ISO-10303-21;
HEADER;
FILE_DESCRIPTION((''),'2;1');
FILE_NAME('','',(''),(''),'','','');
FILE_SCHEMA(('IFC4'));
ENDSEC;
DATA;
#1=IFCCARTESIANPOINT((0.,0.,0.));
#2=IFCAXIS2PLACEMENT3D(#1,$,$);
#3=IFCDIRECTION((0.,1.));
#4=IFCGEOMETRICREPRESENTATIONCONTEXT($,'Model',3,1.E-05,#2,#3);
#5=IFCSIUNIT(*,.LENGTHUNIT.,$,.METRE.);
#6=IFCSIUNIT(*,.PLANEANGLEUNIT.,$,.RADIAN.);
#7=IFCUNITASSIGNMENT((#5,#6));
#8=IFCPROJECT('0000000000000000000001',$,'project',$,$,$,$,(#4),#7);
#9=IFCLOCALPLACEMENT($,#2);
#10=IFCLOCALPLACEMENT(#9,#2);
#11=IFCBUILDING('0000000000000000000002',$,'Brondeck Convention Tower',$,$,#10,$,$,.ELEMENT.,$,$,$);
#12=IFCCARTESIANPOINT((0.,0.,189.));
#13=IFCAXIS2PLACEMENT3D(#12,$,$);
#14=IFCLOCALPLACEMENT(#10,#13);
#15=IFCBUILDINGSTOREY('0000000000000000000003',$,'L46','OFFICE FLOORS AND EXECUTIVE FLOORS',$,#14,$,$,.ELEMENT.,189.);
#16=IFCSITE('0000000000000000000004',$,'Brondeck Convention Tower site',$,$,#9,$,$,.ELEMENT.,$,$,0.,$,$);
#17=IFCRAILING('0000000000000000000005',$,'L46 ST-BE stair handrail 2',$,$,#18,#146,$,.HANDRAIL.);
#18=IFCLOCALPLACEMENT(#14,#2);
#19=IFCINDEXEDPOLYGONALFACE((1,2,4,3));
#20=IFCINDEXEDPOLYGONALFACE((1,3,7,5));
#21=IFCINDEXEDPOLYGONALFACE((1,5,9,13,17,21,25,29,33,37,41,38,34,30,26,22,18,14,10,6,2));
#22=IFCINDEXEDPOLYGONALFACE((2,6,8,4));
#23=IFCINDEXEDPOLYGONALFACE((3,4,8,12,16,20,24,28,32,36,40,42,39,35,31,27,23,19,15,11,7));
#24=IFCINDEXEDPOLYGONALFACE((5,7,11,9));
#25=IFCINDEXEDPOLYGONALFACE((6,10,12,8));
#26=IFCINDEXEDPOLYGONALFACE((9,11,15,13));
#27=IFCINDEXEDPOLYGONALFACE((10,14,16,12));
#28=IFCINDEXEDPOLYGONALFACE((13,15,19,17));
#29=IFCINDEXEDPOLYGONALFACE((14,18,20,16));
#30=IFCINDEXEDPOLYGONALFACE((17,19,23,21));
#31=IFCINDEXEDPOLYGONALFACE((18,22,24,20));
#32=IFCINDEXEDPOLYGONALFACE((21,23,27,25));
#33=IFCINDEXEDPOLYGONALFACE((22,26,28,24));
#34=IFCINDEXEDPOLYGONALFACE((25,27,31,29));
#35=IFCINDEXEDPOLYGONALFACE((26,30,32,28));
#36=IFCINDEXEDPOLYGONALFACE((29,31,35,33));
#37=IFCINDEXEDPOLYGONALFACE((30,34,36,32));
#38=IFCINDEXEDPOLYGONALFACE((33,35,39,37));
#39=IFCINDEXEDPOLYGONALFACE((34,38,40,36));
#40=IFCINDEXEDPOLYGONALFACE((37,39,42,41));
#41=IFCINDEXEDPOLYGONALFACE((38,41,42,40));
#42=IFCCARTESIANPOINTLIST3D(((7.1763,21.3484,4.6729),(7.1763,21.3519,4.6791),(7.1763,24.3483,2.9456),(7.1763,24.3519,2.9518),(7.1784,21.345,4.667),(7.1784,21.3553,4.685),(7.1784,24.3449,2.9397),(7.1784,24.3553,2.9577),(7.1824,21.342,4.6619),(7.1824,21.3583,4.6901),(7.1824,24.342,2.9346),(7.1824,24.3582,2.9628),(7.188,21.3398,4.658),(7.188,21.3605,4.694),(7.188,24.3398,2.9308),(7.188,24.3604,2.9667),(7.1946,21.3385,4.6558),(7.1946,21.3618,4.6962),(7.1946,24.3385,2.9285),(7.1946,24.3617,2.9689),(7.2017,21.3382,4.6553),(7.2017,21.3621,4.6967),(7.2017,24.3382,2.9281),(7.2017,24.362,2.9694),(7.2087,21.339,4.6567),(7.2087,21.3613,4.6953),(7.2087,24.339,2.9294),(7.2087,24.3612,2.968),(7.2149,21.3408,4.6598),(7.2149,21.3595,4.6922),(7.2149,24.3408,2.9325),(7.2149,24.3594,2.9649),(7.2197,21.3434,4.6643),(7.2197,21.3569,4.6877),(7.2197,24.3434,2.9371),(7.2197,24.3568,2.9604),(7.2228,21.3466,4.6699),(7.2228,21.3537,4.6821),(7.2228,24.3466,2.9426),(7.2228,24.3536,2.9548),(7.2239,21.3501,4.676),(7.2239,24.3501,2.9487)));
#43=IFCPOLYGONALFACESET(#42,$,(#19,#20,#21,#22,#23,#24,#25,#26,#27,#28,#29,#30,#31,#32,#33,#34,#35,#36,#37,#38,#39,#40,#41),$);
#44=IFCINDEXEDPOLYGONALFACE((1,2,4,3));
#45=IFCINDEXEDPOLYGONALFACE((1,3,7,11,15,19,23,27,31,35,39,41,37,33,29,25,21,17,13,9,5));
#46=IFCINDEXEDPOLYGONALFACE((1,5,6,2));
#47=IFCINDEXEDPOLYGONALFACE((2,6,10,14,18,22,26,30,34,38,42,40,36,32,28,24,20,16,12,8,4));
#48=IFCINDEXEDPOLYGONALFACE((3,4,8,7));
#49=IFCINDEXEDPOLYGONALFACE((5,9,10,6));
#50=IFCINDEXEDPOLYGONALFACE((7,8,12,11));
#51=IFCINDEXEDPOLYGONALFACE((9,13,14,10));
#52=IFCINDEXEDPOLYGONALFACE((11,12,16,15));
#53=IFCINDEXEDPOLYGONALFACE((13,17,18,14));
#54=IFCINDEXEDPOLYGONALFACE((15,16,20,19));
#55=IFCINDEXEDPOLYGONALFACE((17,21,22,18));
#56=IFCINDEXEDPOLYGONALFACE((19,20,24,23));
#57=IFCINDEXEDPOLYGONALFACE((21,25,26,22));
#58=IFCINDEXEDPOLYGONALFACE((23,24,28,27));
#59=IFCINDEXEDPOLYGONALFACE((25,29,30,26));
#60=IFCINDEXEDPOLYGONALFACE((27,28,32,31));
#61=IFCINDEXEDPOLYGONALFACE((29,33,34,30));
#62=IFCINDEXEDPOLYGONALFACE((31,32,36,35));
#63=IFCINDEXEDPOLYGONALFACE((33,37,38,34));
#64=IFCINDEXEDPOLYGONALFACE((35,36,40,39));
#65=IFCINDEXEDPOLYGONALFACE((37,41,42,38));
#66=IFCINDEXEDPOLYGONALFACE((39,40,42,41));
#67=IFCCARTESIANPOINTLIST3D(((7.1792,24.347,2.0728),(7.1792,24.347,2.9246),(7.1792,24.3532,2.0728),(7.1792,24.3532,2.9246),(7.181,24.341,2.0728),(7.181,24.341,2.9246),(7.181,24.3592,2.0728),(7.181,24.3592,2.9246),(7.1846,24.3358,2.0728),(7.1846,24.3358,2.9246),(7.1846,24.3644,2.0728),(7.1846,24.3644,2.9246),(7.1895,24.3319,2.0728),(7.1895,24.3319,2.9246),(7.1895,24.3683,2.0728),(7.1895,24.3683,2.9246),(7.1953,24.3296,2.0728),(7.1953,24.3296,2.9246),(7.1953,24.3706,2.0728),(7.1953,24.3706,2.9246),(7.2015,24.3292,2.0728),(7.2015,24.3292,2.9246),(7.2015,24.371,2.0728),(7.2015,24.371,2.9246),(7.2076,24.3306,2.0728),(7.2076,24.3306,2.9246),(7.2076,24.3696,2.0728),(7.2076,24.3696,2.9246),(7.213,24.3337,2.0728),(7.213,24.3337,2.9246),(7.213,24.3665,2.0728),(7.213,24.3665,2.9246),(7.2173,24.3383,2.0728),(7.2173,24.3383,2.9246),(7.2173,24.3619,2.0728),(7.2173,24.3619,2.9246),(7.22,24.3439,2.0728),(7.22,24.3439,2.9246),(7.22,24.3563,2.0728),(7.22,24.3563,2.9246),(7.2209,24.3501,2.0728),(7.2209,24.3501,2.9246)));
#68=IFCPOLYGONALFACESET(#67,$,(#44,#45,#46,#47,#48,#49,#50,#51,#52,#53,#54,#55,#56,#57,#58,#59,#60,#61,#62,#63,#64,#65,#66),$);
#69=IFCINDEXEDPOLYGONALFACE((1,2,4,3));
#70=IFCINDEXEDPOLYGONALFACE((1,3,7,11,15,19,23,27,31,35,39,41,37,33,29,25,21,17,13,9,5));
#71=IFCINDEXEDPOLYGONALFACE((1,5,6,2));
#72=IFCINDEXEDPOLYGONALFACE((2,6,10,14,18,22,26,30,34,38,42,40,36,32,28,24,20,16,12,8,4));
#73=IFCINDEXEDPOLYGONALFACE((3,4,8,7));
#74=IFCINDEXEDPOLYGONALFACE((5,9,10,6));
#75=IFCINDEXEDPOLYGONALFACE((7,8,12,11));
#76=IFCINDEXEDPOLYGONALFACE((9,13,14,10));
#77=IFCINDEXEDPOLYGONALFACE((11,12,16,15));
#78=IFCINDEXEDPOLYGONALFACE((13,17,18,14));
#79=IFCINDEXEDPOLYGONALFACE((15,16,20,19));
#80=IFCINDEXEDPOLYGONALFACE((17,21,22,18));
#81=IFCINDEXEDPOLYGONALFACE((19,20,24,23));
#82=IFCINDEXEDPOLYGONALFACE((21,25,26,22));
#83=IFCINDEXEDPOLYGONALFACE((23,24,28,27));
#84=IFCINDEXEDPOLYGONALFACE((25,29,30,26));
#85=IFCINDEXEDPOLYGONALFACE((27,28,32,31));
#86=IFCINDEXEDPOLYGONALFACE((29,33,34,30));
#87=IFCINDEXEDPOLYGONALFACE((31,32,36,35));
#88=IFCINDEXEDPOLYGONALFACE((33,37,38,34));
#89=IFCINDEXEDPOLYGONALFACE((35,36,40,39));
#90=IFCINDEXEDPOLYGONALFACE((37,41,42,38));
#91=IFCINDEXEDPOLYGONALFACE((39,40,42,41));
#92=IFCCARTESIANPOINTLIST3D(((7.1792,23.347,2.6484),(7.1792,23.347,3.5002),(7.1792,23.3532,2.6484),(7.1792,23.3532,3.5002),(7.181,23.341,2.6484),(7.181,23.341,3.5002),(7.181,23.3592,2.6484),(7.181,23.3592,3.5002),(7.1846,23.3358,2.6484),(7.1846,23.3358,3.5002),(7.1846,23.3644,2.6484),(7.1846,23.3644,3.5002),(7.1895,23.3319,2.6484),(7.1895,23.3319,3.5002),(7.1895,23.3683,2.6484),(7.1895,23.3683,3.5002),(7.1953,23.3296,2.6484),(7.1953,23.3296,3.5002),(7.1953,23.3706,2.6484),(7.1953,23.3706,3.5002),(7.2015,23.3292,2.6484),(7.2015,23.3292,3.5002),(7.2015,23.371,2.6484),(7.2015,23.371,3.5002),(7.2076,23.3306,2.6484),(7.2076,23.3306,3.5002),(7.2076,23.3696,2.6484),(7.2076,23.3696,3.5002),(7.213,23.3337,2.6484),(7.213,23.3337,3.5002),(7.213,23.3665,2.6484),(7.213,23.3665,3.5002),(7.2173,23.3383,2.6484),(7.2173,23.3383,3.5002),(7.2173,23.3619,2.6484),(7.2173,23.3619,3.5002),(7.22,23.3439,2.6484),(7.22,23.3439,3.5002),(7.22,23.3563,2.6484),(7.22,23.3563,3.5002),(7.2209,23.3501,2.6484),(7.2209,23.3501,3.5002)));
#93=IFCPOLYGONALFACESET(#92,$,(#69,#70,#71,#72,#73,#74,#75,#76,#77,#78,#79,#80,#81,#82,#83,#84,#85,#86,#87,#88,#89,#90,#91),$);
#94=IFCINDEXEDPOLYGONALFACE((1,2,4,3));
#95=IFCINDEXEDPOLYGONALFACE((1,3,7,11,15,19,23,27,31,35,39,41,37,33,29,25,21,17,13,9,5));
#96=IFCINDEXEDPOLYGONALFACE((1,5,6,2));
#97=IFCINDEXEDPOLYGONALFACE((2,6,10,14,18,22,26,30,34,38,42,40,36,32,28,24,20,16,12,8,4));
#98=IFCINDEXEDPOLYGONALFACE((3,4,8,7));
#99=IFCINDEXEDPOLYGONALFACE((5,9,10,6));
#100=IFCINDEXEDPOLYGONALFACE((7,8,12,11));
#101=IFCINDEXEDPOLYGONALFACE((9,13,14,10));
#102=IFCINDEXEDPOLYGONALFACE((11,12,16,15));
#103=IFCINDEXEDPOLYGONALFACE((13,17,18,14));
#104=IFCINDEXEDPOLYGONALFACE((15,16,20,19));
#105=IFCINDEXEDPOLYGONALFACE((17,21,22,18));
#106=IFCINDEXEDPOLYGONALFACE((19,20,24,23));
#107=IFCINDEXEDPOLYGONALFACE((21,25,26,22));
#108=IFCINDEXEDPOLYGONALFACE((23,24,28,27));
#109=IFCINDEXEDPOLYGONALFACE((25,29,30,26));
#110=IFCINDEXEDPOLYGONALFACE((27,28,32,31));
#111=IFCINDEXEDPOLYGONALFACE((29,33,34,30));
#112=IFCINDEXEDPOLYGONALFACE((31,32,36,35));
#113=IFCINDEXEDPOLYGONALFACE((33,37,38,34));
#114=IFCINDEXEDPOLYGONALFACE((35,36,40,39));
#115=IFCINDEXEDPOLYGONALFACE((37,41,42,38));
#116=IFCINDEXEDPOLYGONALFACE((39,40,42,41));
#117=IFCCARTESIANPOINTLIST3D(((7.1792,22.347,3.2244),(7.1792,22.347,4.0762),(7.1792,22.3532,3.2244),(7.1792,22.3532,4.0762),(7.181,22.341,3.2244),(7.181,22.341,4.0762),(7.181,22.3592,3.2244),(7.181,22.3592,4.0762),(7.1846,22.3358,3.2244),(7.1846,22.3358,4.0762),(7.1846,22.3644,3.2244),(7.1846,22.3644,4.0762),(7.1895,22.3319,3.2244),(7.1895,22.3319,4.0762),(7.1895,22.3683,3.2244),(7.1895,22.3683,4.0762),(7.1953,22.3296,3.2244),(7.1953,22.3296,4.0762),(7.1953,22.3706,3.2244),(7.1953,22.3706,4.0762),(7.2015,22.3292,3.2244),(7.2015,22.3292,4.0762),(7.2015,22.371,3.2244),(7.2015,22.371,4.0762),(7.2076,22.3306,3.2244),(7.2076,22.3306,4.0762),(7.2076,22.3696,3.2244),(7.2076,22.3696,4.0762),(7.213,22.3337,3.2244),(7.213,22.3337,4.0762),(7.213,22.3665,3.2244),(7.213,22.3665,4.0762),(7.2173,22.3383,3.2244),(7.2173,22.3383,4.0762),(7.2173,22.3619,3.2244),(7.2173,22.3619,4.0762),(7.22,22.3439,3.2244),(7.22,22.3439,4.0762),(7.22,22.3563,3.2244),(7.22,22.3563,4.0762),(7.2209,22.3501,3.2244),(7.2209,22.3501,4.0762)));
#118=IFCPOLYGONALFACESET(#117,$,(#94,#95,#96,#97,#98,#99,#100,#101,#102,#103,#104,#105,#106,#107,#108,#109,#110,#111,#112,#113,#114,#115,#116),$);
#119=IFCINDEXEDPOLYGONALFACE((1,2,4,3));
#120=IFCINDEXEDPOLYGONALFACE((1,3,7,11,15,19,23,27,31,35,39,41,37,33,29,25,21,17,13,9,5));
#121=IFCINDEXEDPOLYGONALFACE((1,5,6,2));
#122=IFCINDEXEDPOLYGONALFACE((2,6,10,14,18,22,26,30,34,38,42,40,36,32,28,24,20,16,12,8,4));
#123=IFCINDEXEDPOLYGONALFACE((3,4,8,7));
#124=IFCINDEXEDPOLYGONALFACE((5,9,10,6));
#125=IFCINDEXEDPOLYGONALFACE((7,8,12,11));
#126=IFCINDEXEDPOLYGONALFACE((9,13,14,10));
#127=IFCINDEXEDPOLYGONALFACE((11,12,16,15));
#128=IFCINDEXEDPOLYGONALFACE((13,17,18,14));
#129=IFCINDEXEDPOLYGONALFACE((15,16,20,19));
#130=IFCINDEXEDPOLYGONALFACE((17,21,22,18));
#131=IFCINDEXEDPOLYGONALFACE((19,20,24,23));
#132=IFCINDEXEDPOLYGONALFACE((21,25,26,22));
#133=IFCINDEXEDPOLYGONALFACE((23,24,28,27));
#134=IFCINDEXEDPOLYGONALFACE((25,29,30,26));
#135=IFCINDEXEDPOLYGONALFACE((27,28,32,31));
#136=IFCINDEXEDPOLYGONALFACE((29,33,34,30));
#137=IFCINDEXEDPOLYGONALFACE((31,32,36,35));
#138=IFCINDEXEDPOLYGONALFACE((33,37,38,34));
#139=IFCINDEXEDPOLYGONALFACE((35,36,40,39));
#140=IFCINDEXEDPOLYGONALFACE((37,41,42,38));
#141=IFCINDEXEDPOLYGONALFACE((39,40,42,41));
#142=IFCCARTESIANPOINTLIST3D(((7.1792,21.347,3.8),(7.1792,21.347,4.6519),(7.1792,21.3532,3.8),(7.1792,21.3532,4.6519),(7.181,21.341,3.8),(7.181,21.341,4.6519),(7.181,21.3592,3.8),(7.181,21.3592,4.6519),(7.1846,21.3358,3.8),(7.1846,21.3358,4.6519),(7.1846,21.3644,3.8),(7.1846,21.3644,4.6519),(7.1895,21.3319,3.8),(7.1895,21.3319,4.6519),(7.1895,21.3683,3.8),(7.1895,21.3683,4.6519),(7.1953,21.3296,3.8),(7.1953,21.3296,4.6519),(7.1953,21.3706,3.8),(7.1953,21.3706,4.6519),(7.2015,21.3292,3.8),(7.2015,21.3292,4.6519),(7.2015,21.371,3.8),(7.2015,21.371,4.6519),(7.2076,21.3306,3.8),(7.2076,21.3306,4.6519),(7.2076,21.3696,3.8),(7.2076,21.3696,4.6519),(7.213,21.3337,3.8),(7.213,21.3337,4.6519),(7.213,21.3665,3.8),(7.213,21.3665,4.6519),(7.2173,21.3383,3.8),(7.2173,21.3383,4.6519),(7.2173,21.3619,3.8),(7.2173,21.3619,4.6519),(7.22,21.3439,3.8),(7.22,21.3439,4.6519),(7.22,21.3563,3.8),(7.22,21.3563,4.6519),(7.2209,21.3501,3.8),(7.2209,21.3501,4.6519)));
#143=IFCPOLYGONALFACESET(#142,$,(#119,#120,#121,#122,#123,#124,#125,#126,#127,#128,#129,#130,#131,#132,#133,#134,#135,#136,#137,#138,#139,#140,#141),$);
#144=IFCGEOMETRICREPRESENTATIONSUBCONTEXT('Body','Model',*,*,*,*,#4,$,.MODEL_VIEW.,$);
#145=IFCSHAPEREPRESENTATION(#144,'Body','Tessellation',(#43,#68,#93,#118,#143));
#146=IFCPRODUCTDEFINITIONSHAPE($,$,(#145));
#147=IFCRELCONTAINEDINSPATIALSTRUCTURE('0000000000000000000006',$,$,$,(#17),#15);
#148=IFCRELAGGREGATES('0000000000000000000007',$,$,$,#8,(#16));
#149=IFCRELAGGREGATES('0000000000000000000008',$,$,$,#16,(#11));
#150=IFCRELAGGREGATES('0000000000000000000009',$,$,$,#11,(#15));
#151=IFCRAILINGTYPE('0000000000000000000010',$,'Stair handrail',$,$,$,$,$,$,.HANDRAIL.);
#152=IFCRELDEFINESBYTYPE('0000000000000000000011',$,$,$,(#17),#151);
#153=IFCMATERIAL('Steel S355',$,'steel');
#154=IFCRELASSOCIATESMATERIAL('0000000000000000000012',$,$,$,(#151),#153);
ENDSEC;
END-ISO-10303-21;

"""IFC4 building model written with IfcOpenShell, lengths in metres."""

from ifc_helpers import new_model, si_unit, direction, frame, origin, origin_2d, place, context, subcontext, project, spatial, circle, extrude, material, type_object, element, save


model = new_model("IFC4")

# Units and contexts
model_context = context("Model", 3, precision=1e-05, world=origin(), true_north=direction((0.0, 1.0)))
body_context = subcontext(model_context, "Body", "Model", "MODEL_VIEW")
ifc_project = project(units=[si_unit("LENGTHUNIT", "METRE"), si_unit("PLANEANGLEUNIT", "RADIAN")], contexts=[model_context])

# Site, building, storey
site_placement = place(None, origin())
site = spatial("IfcSite", under=ifc_project, at=site_placement, Name="Brondeck Convention Tower site", CompositionType="ELEMENT", RefElevation=0.0)
building_placement = place(site_placement, origin())
building = spatial("IfcBuilding", under=site, at=building_placement, Name="Brondeck Convention Tower", CompositionType="ELEMENT")
storey_placement = place(building_placement, frame((0.0, 0.0, 189.0)))
storey = spatial("IfcBuildingStorey", under=building, at=storey_placement, Name="L46", Description="OFFICE FLOORS AND EXECUTIVE FLOORS", CompositionType="ELEMENT", Elevation=189.0)

# Shared definitions
ifc_material_1 = material(Name="Steel S355", Category="steel")

# Railing
railing_type_1 = type_object("IfcRailingType", Name="Stair handrail", PredefinedType="HANDRAIL", material=ifc_material_1)
railing_1_placement = place(storey_placement, frame((7.2, 24.3501, 2.0728)))
element("IfcRailing", 1, at=railing_1_placement, inside=storey, type_object=railing_type_1, Name="L46 ST-BE stair handrail 2", PredefinedType="HANDRAIL", context=body_context, shape_type="SweptSolid", body=[
    extrude(circle(Radius=0.0239, at=origin_2d()), frame((0.0, 0.0, 0.876), z_axis=(0.0, -0.86662, 0.498969), x_axis=(1.0, 0.0, 0.0)), (0.0, 0.0, 1.0), 3.4617),
    extrude(circle(Radius=0.021, at=origin_2d()), origin(), (0.0, 0.0, 1.0), 0.8518),
    extrude(circle(Radius=0.021, at=origin_2d()), frame((0.0, -1.0, 0.5757)), (0.0, 0.0, 1.0), 0.8518),
    extrude(circle(Radius=0.021, at=origin_2d()), frame((0.0, -2.0, 1.1516)), (0.0, 0.0, 1.0), 0.8518),
    extrude(circle(Radius=0.021, at=origin_2d()), frame((0.0, -3.0, 1.7273)), (0.0, 0.0, 1.0), 0.8518),
])

save(model, "model.ifc")
